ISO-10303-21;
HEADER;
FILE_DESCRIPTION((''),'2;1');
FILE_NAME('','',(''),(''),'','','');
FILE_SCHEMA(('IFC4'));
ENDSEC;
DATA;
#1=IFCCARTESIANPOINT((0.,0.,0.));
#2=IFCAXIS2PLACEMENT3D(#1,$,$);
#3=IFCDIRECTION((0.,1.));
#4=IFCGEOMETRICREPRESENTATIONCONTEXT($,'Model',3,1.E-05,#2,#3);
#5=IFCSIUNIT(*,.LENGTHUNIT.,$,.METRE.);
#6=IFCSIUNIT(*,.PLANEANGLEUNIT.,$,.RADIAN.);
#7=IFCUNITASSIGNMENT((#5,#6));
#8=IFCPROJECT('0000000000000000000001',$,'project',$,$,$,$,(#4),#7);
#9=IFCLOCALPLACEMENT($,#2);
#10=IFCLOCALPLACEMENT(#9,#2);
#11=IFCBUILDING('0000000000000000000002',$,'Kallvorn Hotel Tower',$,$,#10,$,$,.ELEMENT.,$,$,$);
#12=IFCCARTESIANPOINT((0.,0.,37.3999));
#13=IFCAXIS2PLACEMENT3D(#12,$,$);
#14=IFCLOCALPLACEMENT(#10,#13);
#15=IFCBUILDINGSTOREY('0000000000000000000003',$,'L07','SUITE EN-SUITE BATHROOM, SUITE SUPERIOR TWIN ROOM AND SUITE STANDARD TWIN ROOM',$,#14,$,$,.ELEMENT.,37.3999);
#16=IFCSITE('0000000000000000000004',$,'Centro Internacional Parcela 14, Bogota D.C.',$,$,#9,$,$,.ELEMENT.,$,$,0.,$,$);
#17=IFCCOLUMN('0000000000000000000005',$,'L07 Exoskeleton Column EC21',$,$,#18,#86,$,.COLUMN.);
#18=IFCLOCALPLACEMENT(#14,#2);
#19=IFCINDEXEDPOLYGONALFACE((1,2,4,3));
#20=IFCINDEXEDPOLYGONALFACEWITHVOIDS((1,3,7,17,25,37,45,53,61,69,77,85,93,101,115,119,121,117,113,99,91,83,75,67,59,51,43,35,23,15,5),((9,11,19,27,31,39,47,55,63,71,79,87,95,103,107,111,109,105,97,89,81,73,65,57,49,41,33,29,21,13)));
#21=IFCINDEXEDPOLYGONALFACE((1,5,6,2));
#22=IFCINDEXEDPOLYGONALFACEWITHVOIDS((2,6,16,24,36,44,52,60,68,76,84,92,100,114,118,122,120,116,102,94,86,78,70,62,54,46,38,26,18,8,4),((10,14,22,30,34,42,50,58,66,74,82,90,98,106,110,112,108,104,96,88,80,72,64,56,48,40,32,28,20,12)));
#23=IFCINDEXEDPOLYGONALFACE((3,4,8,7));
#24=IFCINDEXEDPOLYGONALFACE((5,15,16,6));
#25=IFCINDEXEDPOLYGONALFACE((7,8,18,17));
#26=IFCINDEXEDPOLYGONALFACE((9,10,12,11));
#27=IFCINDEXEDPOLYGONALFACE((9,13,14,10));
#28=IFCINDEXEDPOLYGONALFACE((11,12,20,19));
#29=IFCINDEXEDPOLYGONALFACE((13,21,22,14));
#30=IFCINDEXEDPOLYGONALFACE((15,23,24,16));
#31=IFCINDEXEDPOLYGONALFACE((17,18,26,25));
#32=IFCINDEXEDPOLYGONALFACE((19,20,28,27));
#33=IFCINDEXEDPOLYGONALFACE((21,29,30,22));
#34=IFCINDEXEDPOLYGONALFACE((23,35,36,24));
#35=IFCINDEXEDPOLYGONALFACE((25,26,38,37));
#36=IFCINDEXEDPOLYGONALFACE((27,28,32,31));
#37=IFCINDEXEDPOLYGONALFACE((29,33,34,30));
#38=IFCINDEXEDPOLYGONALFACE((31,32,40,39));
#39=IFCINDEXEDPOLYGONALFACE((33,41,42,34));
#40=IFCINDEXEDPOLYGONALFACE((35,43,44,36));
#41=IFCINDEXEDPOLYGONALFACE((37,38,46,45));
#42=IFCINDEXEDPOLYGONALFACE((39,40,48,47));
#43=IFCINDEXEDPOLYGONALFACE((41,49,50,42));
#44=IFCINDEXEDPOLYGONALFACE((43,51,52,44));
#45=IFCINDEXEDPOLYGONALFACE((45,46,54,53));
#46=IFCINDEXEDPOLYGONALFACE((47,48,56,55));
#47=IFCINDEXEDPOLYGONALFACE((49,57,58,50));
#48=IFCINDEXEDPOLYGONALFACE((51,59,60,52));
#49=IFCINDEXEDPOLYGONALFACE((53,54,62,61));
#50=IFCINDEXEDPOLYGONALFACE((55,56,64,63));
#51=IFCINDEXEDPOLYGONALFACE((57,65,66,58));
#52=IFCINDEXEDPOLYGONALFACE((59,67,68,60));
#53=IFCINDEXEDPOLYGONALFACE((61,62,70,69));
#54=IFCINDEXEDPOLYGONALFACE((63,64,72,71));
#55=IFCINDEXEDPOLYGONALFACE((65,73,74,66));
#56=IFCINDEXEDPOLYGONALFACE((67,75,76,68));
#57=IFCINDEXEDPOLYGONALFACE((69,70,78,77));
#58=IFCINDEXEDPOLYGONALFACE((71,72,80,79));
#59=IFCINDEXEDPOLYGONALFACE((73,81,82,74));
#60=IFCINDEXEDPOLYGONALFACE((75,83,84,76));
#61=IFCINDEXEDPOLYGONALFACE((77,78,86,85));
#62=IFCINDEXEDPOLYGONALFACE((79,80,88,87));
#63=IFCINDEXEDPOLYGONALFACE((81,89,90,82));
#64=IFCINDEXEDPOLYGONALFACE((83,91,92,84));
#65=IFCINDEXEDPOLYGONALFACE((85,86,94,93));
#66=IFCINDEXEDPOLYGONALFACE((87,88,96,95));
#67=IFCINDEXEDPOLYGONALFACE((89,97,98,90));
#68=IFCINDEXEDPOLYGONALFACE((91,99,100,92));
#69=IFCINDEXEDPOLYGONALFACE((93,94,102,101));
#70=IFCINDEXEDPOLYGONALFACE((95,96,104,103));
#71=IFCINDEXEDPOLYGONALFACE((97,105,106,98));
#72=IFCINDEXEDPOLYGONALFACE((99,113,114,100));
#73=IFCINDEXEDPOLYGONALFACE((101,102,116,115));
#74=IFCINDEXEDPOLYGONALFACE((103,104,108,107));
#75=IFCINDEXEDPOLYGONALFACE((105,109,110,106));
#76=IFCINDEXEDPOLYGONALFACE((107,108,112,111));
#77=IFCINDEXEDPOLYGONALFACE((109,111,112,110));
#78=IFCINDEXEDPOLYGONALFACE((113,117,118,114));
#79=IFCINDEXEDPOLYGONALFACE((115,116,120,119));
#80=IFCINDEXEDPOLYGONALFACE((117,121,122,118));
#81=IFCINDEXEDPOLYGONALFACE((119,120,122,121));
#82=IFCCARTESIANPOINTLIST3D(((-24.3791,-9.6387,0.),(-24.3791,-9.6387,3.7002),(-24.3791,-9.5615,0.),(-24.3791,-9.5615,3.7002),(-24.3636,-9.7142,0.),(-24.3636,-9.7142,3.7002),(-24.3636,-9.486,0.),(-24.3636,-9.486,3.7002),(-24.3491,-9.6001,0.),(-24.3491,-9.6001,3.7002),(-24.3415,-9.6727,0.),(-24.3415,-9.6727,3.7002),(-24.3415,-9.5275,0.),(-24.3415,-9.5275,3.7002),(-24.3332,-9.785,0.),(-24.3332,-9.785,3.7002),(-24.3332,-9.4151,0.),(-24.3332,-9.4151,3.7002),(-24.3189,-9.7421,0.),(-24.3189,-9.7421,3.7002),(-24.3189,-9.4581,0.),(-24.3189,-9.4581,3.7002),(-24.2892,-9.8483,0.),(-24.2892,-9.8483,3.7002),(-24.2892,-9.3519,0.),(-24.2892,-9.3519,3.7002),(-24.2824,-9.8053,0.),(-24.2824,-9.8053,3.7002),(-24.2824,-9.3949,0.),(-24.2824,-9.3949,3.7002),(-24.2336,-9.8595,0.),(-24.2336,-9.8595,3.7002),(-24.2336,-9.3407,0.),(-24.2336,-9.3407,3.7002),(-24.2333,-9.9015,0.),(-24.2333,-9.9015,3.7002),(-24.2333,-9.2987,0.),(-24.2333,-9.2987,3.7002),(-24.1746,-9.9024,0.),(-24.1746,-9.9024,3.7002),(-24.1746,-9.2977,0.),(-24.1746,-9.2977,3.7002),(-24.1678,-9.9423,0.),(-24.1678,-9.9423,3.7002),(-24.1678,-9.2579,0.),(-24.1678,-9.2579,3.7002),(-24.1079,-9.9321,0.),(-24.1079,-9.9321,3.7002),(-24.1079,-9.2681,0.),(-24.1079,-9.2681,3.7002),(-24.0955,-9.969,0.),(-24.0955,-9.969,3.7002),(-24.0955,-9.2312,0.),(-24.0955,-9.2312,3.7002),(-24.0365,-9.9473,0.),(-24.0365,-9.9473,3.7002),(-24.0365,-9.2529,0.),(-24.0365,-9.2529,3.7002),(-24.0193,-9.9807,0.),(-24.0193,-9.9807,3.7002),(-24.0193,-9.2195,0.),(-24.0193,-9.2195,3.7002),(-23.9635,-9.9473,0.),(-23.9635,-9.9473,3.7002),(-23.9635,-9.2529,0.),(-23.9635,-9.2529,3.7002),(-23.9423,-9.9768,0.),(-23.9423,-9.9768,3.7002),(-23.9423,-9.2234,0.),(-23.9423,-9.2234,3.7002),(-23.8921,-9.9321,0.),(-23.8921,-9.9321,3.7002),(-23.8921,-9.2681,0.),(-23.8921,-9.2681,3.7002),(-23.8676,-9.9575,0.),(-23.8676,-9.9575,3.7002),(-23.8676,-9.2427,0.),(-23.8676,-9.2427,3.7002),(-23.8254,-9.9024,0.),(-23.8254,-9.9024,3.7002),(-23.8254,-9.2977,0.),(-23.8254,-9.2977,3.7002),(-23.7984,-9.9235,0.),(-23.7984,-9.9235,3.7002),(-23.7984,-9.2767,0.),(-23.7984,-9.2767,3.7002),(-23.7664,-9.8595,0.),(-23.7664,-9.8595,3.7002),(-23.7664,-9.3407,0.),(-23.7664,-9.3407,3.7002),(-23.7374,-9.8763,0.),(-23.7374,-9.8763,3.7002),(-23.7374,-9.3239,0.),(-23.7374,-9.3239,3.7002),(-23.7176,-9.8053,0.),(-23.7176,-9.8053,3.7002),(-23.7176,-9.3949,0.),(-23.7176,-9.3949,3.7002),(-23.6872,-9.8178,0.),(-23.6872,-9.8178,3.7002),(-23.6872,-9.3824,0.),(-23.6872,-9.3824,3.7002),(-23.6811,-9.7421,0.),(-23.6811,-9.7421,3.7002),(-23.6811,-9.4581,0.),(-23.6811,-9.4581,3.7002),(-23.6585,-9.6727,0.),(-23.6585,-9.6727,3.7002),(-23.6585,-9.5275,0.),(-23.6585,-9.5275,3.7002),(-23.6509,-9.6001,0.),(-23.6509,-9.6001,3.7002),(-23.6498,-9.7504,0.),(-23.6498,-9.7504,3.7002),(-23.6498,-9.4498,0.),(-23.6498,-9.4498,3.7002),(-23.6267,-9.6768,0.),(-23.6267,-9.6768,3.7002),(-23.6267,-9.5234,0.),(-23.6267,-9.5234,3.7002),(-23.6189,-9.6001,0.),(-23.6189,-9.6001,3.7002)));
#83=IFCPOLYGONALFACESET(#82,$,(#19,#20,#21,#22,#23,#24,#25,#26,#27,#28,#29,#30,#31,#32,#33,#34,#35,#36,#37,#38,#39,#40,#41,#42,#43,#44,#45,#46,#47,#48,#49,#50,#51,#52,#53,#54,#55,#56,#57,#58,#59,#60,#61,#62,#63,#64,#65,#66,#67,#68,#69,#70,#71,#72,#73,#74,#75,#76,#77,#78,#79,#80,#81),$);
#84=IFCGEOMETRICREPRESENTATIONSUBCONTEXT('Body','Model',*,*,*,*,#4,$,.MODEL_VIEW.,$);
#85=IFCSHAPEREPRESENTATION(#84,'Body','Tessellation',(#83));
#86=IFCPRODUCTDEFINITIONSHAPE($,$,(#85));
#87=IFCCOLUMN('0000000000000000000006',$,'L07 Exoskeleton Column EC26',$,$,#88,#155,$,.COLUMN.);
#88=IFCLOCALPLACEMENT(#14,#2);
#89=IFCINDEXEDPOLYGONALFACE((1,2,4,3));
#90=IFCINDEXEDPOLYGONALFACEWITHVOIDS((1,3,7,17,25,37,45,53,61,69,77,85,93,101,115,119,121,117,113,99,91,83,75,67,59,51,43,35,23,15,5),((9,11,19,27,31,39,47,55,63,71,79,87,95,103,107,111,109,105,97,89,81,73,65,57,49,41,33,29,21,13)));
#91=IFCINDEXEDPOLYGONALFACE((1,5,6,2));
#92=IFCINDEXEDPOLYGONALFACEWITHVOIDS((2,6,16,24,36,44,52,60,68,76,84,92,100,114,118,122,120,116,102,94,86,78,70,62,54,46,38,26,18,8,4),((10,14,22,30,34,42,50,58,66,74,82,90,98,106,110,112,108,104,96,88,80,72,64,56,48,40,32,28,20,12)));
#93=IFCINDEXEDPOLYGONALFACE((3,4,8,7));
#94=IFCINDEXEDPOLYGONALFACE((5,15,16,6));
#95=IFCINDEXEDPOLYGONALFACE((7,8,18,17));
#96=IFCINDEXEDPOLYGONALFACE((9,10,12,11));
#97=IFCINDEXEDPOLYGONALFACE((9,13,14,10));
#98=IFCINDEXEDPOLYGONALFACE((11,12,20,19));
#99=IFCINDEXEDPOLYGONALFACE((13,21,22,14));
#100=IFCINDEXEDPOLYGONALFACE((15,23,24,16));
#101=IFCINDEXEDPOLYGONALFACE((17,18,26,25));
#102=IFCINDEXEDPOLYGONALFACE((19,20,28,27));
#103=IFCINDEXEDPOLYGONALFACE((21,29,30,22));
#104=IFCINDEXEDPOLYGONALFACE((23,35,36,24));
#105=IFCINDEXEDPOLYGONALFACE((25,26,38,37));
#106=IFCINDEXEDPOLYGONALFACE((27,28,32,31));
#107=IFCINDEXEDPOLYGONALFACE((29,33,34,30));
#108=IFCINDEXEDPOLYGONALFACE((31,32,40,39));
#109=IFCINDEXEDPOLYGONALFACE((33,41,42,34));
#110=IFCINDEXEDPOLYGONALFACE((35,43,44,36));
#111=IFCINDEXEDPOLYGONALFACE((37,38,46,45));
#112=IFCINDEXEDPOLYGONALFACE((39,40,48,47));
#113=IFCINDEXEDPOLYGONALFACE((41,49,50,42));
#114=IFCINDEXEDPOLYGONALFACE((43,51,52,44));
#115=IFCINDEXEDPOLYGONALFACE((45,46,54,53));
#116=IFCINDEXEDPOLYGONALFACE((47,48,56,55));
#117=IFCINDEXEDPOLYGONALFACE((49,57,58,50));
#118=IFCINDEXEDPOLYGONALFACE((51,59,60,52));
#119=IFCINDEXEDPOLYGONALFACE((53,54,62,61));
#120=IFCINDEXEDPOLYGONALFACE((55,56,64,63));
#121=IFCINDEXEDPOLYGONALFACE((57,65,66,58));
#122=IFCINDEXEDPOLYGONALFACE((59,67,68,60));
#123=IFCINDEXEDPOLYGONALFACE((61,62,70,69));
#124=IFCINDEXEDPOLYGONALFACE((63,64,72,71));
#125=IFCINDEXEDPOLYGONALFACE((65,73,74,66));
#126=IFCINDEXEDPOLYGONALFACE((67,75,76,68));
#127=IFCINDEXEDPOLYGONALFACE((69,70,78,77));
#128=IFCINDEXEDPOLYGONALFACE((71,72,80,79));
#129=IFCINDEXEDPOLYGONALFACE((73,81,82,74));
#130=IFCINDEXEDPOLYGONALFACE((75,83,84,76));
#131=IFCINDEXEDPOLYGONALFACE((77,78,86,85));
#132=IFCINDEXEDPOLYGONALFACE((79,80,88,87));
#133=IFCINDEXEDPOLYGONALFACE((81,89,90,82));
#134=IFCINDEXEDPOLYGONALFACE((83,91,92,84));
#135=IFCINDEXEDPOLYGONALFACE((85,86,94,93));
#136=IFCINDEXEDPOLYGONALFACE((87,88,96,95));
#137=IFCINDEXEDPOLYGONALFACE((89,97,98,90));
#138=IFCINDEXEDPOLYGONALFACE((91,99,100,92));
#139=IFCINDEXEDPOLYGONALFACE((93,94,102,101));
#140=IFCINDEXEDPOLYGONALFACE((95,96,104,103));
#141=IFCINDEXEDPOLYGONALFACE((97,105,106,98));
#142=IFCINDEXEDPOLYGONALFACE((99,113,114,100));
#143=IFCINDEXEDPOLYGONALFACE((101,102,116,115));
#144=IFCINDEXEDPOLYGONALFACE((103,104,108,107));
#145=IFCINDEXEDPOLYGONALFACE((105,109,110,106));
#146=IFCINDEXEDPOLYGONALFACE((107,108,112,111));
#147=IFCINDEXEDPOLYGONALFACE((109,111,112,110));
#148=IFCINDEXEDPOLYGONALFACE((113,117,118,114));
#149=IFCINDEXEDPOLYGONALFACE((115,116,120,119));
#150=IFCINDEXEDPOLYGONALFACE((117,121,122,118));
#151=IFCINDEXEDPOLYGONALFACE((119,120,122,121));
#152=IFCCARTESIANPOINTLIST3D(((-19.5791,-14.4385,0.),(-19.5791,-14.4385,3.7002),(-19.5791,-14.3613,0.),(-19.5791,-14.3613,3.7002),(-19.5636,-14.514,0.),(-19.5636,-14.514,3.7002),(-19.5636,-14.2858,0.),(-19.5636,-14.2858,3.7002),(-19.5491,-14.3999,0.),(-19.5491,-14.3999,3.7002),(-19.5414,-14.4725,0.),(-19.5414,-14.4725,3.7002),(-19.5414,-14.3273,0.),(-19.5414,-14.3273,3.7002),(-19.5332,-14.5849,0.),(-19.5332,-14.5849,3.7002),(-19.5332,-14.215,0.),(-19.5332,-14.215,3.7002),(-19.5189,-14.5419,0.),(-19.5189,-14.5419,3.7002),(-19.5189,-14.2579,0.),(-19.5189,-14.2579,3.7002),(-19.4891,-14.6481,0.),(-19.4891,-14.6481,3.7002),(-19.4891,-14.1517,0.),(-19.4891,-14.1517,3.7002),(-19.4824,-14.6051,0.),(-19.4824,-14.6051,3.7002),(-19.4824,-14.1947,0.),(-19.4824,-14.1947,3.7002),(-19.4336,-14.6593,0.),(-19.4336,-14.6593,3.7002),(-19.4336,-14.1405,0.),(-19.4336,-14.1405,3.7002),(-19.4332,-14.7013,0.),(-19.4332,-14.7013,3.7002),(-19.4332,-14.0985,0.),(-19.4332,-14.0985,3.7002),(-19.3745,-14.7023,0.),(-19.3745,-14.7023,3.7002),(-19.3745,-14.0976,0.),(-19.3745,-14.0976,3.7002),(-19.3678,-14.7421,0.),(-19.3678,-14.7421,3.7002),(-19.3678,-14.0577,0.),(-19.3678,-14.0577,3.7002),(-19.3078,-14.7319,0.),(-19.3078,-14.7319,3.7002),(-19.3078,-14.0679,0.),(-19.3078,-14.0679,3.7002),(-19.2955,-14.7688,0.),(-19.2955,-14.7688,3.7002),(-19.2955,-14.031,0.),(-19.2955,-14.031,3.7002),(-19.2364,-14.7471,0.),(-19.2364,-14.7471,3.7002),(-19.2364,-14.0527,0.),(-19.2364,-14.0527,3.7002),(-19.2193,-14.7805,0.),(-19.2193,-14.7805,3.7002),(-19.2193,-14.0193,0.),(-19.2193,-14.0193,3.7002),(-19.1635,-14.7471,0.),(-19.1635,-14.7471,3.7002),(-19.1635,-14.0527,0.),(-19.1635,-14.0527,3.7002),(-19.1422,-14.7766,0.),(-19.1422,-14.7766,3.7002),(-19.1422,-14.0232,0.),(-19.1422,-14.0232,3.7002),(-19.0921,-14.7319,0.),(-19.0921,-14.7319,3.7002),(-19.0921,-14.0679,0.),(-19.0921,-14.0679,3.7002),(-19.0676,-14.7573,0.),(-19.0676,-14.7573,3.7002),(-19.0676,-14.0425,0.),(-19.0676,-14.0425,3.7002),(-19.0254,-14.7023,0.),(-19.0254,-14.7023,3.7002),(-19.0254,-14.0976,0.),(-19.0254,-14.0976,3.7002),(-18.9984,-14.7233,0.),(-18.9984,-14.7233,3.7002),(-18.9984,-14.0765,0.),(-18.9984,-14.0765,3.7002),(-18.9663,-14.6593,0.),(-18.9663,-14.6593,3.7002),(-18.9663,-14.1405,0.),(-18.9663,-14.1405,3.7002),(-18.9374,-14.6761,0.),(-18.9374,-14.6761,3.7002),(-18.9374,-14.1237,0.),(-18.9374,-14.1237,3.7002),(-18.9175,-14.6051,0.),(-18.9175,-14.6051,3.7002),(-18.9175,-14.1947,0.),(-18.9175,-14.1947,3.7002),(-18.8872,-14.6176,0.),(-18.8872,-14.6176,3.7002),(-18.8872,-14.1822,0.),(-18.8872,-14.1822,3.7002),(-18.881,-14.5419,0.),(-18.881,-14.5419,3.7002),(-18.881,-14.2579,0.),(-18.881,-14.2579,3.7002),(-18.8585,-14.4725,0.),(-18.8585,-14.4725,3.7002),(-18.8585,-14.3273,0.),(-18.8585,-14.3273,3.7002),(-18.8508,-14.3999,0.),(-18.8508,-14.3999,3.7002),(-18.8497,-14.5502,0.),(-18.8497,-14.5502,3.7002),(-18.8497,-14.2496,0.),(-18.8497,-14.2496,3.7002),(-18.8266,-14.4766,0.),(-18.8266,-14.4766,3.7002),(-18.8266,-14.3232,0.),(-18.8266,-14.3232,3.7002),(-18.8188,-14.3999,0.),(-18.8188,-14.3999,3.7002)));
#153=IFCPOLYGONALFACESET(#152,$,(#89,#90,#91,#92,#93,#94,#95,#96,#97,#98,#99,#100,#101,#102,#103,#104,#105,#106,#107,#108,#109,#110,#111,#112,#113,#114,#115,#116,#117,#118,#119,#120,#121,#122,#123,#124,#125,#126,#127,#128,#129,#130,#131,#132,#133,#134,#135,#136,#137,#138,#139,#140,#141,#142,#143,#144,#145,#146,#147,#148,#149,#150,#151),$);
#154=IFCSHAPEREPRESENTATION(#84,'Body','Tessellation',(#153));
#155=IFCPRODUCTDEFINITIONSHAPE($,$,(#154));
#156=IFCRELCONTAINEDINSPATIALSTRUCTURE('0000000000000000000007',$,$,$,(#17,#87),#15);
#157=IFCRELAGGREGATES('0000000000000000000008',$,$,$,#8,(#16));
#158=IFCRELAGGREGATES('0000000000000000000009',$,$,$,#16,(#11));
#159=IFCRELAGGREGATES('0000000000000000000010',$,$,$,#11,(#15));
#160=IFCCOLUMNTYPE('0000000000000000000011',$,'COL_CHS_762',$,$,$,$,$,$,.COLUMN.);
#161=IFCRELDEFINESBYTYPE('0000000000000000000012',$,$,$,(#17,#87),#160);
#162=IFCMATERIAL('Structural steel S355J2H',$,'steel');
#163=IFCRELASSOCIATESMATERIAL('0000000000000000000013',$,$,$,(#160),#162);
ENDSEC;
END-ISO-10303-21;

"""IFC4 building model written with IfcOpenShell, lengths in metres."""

from ifc_helpers import new_model, si_unit, direction, frame, origin, origin_2d, place, context, subcontext, project, spatial, hollow_circle, extrude, material, material_profile, profile_set, type_object, element, save


model = new_model("IFC4")

# Units and contexts
model_context = context("Model", 3, precision=1e-05, world=origin(), true_north=direction((0.0, 1.0)))
body_context = subcontext(model_context, "Body", "Model", "MODEL_VIEW")
ifc_project = project(units=[si_unit("LENGTHUNIT", "METRE"), si_unit("PLANEANGLEUNIT", "RADIAN")], contexts=[model_context])

# Site, building, storey
site_placement = place(None, origin())
site = spatial("IfcSite", under=ifc_project, at=site_placement, Name="Centro Internacional Parcela 14, Bogota D.C.", CompositionType="ELEMENT", RefElevation=0.0)
building_placement = place(site_placement, origin())
building = spatial("IfcBuilding", under=site, at=building_placement, Name="Kallvorn Hotel Tower", CompositionType="ELEMENT")
storey_placement = place(building_placement, frame((0.0, 0.0, 37.3999)))
storey = spatial("IfcBuildingStorey", under=building, at=storey_placement, Name="L07", Description="SUITE EN-SUITE BATHROOM, SUITE SUPERIOR TWIN ROOM AND SUITE STANDARD TWIN ROOM", CompositionType="ELEMENT", Elevation=37.3999)

# Columns
ifc_material_1 = material(Name="Structural steel S355J2H", Category="steel")
ifc_material_profile_1 = material_profile(ifc_material_1, hollow_circle(Radius=0.3811, WallThickness=0.032, at=origin_2d()), Name="CHS 762x32")
ifc_profile_set_1 = profile_set([ifc_material_profile_1], Name="Structural steel S355J2H")
column_type_1 = type_object("IfcColumnType", Name="COL_CHS_762", PredefinedType="COLUMN", material=ifc_profile_set_1)
for number, where, z_axis, x_axis, name in (
    (1, (-24.0, -9.6001, 0.0), (0.0, 0.0, 1.0), (1.0, 0.0, 0.0), "L07 Exoskeleton Column EC21"),
    (2, (-19.2, -14.3999, 0.0), (0.0, 0.0, 1.0), (1.0, 0.0, 0.0), "L07 Exoskeleton Column EC26"),
):
    element("IfcColumn", number, at=place(storey_placement, frame(where, z_axis=z_axis, x_axis=x_axis)), inside=storey, type_object=column_type_1, Name=name, PredefinedType="COLUMN", context=body_context, shape_type="SweptSolid", body=[
        extrude(hollow_circle(Radius=0.3811, WallThickness=0.032, at=origin_2d()), origin(), (0.0, 0.0, 1.0), 3.7002),
    ])

save(model, "model.ifc")
